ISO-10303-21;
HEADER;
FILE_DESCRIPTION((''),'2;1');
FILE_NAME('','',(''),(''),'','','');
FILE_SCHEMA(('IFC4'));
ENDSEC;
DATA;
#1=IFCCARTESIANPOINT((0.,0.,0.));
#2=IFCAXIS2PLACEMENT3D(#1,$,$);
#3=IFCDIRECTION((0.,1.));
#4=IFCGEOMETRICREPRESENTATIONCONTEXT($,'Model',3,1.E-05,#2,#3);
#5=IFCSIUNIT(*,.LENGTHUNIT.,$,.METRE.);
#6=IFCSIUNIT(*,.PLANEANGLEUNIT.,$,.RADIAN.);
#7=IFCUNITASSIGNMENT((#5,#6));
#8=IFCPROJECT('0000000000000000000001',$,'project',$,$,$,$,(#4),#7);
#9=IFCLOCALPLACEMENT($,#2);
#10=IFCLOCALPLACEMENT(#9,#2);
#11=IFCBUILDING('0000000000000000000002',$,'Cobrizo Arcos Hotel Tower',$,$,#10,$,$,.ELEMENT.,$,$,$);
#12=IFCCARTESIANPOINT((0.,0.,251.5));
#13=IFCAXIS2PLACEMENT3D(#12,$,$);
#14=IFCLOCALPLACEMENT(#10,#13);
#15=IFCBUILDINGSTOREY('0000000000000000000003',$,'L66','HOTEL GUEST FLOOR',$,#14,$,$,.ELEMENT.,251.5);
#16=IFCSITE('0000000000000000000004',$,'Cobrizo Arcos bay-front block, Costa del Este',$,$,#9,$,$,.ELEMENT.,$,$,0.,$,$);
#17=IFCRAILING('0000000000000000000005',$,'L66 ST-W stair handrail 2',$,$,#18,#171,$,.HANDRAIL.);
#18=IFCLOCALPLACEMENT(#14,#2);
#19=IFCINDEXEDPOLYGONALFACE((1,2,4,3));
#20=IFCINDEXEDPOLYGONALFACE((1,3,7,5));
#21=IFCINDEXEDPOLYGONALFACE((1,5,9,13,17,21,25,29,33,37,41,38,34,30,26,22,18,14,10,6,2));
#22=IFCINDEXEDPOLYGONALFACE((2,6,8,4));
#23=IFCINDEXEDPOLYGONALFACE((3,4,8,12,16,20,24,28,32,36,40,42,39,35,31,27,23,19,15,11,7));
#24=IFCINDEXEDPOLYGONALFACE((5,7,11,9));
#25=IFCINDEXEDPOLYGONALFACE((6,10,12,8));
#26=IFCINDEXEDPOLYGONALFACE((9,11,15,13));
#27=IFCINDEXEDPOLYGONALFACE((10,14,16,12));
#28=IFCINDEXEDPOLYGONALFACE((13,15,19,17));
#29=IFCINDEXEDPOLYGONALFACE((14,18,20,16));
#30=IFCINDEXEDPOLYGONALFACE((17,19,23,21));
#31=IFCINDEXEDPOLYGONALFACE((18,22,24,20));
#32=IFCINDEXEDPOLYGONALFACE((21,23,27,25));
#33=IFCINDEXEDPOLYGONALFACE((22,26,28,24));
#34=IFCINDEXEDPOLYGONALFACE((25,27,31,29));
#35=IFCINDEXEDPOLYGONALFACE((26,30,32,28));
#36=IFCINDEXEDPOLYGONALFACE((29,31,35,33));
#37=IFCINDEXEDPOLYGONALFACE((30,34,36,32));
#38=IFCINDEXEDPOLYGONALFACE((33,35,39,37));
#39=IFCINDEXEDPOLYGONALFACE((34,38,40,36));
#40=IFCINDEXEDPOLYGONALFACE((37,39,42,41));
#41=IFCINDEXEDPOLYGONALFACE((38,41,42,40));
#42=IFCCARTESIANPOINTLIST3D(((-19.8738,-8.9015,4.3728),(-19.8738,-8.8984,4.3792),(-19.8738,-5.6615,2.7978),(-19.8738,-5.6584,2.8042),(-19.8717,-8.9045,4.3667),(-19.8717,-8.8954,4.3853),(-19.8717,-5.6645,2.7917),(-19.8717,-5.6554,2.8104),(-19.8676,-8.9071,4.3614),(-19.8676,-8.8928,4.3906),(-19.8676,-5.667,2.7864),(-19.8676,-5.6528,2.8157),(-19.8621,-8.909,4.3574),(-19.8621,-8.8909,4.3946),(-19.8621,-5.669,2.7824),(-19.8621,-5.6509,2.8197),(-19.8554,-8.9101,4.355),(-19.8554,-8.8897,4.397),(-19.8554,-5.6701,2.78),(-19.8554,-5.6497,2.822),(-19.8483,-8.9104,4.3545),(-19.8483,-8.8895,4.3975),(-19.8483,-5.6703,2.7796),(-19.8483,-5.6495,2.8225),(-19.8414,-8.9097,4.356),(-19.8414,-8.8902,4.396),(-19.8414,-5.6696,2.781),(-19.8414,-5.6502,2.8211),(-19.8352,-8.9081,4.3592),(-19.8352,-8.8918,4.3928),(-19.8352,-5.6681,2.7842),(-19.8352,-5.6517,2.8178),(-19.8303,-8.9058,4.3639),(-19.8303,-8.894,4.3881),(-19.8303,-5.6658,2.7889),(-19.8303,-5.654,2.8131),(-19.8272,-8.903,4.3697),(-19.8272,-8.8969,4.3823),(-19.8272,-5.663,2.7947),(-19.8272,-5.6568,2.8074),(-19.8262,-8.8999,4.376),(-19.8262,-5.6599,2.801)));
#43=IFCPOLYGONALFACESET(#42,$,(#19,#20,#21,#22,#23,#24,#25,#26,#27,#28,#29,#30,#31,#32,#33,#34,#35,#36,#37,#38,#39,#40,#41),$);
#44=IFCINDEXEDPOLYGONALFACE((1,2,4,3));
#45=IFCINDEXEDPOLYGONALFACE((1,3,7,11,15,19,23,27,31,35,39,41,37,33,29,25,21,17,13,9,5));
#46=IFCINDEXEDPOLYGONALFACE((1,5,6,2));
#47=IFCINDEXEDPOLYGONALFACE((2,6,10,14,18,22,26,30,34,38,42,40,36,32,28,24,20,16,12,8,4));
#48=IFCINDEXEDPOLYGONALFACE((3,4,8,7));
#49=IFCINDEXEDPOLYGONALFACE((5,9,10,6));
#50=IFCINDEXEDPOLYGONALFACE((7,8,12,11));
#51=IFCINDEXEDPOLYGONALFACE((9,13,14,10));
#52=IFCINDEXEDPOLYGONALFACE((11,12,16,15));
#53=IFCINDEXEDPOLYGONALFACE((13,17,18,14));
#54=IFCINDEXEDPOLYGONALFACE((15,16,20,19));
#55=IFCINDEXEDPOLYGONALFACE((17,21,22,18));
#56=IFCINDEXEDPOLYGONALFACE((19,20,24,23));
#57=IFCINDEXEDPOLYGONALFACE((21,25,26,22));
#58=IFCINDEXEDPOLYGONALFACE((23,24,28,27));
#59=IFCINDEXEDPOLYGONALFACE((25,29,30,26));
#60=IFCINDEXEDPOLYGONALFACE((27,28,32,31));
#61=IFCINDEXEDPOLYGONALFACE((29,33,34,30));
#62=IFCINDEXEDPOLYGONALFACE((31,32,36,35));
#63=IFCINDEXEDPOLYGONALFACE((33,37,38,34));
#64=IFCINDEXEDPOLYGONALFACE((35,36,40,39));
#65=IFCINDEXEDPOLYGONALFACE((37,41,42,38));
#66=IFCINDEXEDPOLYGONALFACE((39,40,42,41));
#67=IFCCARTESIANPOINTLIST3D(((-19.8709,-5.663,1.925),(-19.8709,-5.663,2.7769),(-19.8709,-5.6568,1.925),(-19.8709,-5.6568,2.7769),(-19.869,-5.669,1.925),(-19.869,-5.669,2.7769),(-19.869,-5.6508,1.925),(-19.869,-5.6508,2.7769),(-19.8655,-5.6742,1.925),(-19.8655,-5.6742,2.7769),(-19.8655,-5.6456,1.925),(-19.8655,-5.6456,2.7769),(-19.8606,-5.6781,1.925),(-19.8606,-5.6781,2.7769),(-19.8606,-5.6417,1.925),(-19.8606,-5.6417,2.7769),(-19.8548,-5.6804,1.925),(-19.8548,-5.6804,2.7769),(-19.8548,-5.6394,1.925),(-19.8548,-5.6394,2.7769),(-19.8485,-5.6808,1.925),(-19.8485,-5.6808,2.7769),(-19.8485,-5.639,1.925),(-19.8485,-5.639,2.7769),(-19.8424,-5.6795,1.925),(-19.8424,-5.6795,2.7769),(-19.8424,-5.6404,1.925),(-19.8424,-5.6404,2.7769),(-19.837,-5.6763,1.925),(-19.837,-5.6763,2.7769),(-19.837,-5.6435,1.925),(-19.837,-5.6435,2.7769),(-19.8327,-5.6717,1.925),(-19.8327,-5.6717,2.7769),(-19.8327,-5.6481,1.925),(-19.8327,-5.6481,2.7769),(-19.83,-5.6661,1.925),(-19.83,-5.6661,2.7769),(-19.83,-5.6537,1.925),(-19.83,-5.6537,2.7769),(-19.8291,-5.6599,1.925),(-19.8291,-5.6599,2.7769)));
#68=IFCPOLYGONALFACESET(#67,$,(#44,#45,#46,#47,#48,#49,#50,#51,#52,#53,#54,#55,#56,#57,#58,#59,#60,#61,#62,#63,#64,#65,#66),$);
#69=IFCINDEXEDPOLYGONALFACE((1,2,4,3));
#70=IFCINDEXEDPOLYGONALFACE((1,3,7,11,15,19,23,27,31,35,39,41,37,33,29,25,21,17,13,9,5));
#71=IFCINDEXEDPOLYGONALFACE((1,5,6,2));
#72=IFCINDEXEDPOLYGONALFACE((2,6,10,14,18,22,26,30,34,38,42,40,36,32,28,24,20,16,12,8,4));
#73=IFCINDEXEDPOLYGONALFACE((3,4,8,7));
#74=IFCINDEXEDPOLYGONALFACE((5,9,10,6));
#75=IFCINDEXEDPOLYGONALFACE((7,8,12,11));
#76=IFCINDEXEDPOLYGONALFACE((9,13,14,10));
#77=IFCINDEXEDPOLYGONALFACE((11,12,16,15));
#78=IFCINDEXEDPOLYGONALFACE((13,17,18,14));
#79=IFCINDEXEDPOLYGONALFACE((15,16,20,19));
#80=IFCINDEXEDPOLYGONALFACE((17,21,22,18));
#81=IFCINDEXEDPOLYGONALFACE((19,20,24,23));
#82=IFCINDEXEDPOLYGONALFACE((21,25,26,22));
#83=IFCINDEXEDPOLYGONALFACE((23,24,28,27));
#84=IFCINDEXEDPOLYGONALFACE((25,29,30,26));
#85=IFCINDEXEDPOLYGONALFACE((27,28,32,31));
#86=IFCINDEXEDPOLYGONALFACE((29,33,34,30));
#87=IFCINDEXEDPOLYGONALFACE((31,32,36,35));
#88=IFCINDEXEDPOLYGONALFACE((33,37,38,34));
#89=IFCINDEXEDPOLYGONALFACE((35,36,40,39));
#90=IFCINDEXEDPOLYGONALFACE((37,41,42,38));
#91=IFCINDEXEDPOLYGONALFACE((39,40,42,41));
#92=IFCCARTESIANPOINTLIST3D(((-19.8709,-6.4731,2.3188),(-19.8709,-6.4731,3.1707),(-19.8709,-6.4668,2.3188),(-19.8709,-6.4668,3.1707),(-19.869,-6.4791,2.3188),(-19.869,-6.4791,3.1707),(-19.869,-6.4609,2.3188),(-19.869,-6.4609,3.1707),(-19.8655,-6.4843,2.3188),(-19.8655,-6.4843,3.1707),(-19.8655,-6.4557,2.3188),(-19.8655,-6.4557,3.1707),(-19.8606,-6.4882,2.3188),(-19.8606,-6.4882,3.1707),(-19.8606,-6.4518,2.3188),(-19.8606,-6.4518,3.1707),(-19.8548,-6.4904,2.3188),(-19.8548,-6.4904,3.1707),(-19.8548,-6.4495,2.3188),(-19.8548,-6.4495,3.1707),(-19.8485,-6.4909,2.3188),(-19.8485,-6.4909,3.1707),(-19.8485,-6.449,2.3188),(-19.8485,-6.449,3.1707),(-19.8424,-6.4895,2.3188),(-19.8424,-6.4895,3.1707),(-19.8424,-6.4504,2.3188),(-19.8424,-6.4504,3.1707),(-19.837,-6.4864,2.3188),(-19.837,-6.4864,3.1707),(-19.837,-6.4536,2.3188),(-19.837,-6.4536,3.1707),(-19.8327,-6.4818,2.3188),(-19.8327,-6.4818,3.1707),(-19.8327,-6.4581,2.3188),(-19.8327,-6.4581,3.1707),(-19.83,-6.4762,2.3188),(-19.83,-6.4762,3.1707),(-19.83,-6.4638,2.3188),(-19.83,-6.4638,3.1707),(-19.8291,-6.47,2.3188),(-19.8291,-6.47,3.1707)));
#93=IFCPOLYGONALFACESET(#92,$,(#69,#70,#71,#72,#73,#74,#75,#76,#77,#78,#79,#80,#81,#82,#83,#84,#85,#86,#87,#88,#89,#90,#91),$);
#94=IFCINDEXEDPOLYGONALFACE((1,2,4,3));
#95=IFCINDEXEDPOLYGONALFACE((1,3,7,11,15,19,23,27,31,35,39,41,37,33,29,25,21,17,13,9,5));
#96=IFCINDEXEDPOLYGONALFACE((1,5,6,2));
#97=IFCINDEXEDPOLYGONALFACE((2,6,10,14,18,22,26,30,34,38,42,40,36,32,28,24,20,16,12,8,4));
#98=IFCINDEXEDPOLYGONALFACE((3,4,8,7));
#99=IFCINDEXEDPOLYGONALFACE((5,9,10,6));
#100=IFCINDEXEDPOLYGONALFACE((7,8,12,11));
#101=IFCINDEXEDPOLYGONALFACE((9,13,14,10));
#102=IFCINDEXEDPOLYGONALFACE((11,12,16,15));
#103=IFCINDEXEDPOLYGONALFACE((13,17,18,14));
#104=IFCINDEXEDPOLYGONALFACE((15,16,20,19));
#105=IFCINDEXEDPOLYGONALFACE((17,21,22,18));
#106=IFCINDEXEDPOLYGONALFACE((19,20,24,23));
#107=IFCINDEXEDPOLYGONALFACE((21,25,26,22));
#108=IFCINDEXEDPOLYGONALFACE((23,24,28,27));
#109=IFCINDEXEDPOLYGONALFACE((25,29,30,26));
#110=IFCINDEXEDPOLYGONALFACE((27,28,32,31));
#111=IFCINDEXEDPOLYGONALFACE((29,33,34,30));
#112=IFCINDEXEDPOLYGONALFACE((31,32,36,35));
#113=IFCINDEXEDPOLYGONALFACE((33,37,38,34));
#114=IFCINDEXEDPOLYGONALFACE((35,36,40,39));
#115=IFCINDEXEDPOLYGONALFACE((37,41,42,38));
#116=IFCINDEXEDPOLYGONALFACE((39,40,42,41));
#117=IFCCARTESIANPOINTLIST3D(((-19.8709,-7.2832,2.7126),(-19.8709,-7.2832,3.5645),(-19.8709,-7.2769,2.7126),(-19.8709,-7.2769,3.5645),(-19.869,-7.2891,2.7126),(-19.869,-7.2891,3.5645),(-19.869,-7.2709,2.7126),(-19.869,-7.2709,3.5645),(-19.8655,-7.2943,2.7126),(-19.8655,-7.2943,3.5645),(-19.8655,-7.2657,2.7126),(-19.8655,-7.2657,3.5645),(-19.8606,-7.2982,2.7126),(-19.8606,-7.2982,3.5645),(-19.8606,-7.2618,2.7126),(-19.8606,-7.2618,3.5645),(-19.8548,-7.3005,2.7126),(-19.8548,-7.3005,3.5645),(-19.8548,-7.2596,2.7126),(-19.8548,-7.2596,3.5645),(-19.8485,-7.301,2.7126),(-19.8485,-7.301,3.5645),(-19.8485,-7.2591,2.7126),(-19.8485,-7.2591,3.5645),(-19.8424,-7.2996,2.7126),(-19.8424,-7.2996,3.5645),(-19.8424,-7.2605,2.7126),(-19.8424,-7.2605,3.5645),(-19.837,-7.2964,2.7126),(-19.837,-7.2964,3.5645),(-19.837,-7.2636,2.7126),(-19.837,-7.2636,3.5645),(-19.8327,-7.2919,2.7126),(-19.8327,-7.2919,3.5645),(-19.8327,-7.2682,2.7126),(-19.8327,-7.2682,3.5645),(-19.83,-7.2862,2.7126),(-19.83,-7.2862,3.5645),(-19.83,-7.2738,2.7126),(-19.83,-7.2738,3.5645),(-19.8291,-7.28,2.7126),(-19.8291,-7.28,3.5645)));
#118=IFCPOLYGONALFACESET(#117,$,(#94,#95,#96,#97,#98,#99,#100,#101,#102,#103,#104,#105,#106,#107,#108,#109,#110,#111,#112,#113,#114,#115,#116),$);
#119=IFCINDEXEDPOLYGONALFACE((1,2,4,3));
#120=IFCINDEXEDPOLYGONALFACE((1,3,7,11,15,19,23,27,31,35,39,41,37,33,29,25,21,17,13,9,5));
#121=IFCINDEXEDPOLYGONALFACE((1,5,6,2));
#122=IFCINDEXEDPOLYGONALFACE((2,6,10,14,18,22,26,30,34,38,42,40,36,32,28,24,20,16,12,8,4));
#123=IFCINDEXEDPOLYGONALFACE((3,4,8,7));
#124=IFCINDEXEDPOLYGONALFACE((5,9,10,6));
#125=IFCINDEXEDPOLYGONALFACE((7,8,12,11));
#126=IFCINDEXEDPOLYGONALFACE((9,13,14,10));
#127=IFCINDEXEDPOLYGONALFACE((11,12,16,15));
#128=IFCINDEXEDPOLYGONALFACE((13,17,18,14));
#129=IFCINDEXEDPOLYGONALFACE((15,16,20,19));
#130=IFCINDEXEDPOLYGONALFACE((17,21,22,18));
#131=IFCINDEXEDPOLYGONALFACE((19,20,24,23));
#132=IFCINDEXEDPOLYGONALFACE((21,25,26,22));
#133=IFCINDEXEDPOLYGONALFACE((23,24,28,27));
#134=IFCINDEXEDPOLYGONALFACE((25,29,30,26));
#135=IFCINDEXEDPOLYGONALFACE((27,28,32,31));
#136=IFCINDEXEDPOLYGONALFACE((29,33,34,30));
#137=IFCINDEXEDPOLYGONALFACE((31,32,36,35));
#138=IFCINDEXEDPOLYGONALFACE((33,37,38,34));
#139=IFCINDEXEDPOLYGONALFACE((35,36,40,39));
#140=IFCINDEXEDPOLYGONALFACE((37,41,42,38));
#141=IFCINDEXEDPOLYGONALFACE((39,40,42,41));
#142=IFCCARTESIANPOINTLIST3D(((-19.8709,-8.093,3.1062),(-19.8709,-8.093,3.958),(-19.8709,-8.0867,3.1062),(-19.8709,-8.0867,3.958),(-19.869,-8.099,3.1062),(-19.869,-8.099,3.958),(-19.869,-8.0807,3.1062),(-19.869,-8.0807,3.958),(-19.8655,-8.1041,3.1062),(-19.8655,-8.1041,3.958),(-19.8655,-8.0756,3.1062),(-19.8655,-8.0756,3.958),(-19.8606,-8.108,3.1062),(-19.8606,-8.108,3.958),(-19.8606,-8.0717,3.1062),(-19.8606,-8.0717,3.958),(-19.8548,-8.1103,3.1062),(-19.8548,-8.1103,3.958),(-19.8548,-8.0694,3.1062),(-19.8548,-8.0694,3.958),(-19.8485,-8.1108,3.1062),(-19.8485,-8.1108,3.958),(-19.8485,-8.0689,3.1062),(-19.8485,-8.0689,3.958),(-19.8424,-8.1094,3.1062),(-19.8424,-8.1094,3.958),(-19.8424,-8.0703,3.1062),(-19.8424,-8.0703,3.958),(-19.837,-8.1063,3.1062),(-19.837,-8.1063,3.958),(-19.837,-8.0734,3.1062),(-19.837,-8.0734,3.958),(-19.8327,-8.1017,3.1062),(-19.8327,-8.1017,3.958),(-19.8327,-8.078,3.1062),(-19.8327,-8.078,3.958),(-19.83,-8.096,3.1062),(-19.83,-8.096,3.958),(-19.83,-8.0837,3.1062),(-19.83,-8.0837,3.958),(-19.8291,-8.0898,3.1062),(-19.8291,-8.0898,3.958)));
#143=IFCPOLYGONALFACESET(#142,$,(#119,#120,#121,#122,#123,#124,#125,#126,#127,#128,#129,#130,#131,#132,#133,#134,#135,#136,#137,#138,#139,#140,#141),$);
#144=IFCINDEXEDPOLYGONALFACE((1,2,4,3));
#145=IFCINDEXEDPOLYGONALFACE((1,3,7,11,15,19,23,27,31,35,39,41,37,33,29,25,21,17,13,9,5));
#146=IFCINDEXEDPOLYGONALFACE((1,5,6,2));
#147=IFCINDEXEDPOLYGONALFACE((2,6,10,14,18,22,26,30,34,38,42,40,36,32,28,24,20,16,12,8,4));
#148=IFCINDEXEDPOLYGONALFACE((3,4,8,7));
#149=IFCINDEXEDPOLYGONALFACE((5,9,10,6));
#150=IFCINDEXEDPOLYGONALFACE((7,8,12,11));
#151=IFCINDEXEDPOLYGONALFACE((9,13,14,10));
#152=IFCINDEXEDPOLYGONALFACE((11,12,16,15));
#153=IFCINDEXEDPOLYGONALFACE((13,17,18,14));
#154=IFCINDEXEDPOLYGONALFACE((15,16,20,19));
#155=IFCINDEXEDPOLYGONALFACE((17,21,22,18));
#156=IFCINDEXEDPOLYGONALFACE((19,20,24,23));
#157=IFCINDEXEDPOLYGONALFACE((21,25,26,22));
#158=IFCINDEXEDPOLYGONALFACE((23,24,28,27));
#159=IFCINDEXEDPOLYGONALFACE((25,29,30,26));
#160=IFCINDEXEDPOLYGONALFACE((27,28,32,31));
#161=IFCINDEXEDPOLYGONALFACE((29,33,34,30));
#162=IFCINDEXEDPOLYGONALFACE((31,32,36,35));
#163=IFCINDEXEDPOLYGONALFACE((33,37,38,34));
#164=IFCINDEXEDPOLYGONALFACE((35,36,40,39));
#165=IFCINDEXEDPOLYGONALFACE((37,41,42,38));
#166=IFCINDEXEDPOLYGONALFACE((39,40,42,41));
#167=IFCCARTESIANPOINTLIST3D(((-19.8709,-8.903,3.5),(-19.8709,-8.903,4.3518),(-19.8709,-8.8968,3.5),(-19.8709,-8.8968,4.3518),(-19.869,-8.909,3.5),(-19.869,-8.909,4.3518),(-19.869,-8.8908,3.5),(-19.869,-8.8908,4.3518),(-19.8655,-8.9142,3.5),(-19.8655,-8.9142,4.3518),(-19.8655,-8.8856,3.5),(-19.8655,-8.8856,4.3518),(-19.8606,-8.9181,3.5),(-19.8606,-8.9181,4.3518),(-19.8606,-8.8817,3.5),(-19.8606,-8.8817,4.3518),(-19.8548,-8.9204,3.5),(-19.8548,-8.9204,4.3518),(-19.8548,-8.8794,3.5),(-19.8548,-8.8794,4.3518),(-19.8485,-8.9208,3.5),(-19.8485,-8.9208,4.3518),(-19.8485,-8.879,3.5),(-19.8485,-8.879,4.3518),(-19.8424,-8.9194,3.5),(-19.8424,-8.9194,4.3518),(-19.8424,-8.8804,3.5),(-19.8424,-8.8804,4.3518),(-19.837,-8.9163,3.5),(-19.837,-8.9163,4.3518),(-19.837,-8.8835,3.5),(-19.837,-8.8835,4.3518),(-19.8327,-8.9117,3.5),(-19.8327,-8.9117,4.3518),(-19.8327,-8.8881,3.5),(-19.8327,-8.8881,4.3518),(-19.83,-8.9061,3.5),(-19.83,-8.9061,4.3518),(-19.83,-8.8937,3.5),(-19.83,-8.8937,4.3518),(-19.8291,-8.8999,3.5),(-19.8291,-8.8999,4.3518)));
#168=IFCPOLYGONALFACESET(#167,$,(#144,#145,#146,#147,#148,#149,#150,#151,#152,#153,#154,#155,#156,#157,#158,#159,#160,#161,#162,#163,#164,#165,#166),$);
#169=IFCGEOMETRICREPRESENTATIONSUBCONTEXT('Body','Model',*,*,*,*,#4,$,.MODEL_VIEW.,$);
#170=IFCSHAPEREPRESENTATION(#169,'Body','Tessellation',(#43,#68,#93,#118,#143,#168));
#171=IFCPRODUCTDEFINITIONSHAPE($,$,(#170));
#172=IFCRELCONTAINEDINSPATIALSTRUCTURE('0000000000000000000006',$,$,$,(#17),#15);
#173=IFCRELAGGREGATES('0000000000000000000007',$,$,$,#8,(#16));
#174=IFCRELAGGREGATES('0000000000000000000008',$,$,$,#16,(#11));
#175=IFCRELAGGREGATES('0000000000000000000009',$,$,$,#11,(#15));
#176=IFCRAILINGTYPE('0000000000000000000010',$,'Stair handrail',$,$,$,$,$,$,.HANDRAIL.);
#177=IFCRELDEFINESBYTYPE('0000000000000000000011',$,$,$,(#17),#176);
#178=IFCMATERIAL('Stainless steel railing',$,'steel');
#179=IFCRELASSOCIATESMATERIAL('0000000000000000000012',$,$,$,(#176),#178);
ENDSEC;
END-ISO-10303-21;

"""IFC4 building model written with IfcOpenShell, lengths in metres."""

from ifc_helpers import new_model, si_unit, direction, frame, origin, origin_2d, place, context, subcontext, project, spatial, circle, extrude, material, type_object, element, save


model = new_model("IFC4")

# Units and contexts
model_context = context("Model", 3, precision=1e-05, world=origin(), true_north=direction((0.0, 1.0)))
body_context = subcontext(model_context, "Body", "Model", "MODEL_VIEW")
ifc_project = project(units=[si_unit("LENGTHUNIT", "METRE"), si_unit("PLANEANGLEUNIT", "RADIAN")], contexts=[model_context])

# Site, building, storey
site_placement = place(None, origin())
site = spatial("IfcSite", under=ifc_project, at=site_placement, Name="Cobrizo Arcos bay-front block, Costa del Este", CompositionType="ELEMENT", RefElevation=0.0)
building_placement = place(site_placement, origin())
building = spatial("IfcBuilding", under=site, at=building_placement, Name="Cobrizo Arcos Hotel Tower", CompositionType="ELEMENT")
storey_placement = place(building_placement, frame((0.0, 0.0, 251.5)))
storey = spatial("IfcBuildingStorey", under=building, at=storey_placement, Name="L66", Description="HOTEL GUEST FLOOR", CompositionType="ELEMENT", Elevation=251.5)

# Railing
ifc_material_1 = material(Name="Stainless steel railing", Category="steel")
railing_type_1 = type_object("IfcRailingType", Name="Stair handrail", PredefinedType="HANDRAIL", material=ifc_material_1)
railing_1_placement = place(storey_placement, frame((-19.8501, -5.6599, 1.925)))
element("IfcRailing", 1, at=railing_1_placement, inside=storey, type_object=railing_type_1, Name="L66 ST-W stair handrail 2", PredefinedType="HANDRAIL", context=body_context, shape_type="SweptSolid", body=[
    extrude(circle(Radius=0.0239, at=origin_2d()), frame((0.0, 0.0, 0.876), z_axis=(0.0, -0.899373, 0.437183), x_axis=(1.0, 0.0, 0.0)), (0.0, 0.0, 1.0), 3.6025),
    extrude(circle(Radius=0.021, at=origin_2d()), origin(), (0.0, 0.0, 1.0), 0.8518),
    extrude(circle(Radius=0.021, at=origin_2d()), frame((0.0, -0.8101, 0.3938)), (0.0, 0.0, 1.0), 0.8518),
    extrude(circle(Radius=0.021, at=origin_2d()), frame((0.0, -1.6201, 0.7876)), (0.0, 0.0, 1.0), 0.8518),
    extrude(circle(Radius=0.021, at=origin_2d()), frame((0.0, -2.4299, 1.1812)), (0.0, 0.0, 1.0), 0.8518),
    extrude(circle(Radius=0.021, at=origin_2d()), frame((0.0, -3.24, 1.575)), (0.0, 0.0, 1.0), 0.8518),
])

save(model, "model.ifc")
